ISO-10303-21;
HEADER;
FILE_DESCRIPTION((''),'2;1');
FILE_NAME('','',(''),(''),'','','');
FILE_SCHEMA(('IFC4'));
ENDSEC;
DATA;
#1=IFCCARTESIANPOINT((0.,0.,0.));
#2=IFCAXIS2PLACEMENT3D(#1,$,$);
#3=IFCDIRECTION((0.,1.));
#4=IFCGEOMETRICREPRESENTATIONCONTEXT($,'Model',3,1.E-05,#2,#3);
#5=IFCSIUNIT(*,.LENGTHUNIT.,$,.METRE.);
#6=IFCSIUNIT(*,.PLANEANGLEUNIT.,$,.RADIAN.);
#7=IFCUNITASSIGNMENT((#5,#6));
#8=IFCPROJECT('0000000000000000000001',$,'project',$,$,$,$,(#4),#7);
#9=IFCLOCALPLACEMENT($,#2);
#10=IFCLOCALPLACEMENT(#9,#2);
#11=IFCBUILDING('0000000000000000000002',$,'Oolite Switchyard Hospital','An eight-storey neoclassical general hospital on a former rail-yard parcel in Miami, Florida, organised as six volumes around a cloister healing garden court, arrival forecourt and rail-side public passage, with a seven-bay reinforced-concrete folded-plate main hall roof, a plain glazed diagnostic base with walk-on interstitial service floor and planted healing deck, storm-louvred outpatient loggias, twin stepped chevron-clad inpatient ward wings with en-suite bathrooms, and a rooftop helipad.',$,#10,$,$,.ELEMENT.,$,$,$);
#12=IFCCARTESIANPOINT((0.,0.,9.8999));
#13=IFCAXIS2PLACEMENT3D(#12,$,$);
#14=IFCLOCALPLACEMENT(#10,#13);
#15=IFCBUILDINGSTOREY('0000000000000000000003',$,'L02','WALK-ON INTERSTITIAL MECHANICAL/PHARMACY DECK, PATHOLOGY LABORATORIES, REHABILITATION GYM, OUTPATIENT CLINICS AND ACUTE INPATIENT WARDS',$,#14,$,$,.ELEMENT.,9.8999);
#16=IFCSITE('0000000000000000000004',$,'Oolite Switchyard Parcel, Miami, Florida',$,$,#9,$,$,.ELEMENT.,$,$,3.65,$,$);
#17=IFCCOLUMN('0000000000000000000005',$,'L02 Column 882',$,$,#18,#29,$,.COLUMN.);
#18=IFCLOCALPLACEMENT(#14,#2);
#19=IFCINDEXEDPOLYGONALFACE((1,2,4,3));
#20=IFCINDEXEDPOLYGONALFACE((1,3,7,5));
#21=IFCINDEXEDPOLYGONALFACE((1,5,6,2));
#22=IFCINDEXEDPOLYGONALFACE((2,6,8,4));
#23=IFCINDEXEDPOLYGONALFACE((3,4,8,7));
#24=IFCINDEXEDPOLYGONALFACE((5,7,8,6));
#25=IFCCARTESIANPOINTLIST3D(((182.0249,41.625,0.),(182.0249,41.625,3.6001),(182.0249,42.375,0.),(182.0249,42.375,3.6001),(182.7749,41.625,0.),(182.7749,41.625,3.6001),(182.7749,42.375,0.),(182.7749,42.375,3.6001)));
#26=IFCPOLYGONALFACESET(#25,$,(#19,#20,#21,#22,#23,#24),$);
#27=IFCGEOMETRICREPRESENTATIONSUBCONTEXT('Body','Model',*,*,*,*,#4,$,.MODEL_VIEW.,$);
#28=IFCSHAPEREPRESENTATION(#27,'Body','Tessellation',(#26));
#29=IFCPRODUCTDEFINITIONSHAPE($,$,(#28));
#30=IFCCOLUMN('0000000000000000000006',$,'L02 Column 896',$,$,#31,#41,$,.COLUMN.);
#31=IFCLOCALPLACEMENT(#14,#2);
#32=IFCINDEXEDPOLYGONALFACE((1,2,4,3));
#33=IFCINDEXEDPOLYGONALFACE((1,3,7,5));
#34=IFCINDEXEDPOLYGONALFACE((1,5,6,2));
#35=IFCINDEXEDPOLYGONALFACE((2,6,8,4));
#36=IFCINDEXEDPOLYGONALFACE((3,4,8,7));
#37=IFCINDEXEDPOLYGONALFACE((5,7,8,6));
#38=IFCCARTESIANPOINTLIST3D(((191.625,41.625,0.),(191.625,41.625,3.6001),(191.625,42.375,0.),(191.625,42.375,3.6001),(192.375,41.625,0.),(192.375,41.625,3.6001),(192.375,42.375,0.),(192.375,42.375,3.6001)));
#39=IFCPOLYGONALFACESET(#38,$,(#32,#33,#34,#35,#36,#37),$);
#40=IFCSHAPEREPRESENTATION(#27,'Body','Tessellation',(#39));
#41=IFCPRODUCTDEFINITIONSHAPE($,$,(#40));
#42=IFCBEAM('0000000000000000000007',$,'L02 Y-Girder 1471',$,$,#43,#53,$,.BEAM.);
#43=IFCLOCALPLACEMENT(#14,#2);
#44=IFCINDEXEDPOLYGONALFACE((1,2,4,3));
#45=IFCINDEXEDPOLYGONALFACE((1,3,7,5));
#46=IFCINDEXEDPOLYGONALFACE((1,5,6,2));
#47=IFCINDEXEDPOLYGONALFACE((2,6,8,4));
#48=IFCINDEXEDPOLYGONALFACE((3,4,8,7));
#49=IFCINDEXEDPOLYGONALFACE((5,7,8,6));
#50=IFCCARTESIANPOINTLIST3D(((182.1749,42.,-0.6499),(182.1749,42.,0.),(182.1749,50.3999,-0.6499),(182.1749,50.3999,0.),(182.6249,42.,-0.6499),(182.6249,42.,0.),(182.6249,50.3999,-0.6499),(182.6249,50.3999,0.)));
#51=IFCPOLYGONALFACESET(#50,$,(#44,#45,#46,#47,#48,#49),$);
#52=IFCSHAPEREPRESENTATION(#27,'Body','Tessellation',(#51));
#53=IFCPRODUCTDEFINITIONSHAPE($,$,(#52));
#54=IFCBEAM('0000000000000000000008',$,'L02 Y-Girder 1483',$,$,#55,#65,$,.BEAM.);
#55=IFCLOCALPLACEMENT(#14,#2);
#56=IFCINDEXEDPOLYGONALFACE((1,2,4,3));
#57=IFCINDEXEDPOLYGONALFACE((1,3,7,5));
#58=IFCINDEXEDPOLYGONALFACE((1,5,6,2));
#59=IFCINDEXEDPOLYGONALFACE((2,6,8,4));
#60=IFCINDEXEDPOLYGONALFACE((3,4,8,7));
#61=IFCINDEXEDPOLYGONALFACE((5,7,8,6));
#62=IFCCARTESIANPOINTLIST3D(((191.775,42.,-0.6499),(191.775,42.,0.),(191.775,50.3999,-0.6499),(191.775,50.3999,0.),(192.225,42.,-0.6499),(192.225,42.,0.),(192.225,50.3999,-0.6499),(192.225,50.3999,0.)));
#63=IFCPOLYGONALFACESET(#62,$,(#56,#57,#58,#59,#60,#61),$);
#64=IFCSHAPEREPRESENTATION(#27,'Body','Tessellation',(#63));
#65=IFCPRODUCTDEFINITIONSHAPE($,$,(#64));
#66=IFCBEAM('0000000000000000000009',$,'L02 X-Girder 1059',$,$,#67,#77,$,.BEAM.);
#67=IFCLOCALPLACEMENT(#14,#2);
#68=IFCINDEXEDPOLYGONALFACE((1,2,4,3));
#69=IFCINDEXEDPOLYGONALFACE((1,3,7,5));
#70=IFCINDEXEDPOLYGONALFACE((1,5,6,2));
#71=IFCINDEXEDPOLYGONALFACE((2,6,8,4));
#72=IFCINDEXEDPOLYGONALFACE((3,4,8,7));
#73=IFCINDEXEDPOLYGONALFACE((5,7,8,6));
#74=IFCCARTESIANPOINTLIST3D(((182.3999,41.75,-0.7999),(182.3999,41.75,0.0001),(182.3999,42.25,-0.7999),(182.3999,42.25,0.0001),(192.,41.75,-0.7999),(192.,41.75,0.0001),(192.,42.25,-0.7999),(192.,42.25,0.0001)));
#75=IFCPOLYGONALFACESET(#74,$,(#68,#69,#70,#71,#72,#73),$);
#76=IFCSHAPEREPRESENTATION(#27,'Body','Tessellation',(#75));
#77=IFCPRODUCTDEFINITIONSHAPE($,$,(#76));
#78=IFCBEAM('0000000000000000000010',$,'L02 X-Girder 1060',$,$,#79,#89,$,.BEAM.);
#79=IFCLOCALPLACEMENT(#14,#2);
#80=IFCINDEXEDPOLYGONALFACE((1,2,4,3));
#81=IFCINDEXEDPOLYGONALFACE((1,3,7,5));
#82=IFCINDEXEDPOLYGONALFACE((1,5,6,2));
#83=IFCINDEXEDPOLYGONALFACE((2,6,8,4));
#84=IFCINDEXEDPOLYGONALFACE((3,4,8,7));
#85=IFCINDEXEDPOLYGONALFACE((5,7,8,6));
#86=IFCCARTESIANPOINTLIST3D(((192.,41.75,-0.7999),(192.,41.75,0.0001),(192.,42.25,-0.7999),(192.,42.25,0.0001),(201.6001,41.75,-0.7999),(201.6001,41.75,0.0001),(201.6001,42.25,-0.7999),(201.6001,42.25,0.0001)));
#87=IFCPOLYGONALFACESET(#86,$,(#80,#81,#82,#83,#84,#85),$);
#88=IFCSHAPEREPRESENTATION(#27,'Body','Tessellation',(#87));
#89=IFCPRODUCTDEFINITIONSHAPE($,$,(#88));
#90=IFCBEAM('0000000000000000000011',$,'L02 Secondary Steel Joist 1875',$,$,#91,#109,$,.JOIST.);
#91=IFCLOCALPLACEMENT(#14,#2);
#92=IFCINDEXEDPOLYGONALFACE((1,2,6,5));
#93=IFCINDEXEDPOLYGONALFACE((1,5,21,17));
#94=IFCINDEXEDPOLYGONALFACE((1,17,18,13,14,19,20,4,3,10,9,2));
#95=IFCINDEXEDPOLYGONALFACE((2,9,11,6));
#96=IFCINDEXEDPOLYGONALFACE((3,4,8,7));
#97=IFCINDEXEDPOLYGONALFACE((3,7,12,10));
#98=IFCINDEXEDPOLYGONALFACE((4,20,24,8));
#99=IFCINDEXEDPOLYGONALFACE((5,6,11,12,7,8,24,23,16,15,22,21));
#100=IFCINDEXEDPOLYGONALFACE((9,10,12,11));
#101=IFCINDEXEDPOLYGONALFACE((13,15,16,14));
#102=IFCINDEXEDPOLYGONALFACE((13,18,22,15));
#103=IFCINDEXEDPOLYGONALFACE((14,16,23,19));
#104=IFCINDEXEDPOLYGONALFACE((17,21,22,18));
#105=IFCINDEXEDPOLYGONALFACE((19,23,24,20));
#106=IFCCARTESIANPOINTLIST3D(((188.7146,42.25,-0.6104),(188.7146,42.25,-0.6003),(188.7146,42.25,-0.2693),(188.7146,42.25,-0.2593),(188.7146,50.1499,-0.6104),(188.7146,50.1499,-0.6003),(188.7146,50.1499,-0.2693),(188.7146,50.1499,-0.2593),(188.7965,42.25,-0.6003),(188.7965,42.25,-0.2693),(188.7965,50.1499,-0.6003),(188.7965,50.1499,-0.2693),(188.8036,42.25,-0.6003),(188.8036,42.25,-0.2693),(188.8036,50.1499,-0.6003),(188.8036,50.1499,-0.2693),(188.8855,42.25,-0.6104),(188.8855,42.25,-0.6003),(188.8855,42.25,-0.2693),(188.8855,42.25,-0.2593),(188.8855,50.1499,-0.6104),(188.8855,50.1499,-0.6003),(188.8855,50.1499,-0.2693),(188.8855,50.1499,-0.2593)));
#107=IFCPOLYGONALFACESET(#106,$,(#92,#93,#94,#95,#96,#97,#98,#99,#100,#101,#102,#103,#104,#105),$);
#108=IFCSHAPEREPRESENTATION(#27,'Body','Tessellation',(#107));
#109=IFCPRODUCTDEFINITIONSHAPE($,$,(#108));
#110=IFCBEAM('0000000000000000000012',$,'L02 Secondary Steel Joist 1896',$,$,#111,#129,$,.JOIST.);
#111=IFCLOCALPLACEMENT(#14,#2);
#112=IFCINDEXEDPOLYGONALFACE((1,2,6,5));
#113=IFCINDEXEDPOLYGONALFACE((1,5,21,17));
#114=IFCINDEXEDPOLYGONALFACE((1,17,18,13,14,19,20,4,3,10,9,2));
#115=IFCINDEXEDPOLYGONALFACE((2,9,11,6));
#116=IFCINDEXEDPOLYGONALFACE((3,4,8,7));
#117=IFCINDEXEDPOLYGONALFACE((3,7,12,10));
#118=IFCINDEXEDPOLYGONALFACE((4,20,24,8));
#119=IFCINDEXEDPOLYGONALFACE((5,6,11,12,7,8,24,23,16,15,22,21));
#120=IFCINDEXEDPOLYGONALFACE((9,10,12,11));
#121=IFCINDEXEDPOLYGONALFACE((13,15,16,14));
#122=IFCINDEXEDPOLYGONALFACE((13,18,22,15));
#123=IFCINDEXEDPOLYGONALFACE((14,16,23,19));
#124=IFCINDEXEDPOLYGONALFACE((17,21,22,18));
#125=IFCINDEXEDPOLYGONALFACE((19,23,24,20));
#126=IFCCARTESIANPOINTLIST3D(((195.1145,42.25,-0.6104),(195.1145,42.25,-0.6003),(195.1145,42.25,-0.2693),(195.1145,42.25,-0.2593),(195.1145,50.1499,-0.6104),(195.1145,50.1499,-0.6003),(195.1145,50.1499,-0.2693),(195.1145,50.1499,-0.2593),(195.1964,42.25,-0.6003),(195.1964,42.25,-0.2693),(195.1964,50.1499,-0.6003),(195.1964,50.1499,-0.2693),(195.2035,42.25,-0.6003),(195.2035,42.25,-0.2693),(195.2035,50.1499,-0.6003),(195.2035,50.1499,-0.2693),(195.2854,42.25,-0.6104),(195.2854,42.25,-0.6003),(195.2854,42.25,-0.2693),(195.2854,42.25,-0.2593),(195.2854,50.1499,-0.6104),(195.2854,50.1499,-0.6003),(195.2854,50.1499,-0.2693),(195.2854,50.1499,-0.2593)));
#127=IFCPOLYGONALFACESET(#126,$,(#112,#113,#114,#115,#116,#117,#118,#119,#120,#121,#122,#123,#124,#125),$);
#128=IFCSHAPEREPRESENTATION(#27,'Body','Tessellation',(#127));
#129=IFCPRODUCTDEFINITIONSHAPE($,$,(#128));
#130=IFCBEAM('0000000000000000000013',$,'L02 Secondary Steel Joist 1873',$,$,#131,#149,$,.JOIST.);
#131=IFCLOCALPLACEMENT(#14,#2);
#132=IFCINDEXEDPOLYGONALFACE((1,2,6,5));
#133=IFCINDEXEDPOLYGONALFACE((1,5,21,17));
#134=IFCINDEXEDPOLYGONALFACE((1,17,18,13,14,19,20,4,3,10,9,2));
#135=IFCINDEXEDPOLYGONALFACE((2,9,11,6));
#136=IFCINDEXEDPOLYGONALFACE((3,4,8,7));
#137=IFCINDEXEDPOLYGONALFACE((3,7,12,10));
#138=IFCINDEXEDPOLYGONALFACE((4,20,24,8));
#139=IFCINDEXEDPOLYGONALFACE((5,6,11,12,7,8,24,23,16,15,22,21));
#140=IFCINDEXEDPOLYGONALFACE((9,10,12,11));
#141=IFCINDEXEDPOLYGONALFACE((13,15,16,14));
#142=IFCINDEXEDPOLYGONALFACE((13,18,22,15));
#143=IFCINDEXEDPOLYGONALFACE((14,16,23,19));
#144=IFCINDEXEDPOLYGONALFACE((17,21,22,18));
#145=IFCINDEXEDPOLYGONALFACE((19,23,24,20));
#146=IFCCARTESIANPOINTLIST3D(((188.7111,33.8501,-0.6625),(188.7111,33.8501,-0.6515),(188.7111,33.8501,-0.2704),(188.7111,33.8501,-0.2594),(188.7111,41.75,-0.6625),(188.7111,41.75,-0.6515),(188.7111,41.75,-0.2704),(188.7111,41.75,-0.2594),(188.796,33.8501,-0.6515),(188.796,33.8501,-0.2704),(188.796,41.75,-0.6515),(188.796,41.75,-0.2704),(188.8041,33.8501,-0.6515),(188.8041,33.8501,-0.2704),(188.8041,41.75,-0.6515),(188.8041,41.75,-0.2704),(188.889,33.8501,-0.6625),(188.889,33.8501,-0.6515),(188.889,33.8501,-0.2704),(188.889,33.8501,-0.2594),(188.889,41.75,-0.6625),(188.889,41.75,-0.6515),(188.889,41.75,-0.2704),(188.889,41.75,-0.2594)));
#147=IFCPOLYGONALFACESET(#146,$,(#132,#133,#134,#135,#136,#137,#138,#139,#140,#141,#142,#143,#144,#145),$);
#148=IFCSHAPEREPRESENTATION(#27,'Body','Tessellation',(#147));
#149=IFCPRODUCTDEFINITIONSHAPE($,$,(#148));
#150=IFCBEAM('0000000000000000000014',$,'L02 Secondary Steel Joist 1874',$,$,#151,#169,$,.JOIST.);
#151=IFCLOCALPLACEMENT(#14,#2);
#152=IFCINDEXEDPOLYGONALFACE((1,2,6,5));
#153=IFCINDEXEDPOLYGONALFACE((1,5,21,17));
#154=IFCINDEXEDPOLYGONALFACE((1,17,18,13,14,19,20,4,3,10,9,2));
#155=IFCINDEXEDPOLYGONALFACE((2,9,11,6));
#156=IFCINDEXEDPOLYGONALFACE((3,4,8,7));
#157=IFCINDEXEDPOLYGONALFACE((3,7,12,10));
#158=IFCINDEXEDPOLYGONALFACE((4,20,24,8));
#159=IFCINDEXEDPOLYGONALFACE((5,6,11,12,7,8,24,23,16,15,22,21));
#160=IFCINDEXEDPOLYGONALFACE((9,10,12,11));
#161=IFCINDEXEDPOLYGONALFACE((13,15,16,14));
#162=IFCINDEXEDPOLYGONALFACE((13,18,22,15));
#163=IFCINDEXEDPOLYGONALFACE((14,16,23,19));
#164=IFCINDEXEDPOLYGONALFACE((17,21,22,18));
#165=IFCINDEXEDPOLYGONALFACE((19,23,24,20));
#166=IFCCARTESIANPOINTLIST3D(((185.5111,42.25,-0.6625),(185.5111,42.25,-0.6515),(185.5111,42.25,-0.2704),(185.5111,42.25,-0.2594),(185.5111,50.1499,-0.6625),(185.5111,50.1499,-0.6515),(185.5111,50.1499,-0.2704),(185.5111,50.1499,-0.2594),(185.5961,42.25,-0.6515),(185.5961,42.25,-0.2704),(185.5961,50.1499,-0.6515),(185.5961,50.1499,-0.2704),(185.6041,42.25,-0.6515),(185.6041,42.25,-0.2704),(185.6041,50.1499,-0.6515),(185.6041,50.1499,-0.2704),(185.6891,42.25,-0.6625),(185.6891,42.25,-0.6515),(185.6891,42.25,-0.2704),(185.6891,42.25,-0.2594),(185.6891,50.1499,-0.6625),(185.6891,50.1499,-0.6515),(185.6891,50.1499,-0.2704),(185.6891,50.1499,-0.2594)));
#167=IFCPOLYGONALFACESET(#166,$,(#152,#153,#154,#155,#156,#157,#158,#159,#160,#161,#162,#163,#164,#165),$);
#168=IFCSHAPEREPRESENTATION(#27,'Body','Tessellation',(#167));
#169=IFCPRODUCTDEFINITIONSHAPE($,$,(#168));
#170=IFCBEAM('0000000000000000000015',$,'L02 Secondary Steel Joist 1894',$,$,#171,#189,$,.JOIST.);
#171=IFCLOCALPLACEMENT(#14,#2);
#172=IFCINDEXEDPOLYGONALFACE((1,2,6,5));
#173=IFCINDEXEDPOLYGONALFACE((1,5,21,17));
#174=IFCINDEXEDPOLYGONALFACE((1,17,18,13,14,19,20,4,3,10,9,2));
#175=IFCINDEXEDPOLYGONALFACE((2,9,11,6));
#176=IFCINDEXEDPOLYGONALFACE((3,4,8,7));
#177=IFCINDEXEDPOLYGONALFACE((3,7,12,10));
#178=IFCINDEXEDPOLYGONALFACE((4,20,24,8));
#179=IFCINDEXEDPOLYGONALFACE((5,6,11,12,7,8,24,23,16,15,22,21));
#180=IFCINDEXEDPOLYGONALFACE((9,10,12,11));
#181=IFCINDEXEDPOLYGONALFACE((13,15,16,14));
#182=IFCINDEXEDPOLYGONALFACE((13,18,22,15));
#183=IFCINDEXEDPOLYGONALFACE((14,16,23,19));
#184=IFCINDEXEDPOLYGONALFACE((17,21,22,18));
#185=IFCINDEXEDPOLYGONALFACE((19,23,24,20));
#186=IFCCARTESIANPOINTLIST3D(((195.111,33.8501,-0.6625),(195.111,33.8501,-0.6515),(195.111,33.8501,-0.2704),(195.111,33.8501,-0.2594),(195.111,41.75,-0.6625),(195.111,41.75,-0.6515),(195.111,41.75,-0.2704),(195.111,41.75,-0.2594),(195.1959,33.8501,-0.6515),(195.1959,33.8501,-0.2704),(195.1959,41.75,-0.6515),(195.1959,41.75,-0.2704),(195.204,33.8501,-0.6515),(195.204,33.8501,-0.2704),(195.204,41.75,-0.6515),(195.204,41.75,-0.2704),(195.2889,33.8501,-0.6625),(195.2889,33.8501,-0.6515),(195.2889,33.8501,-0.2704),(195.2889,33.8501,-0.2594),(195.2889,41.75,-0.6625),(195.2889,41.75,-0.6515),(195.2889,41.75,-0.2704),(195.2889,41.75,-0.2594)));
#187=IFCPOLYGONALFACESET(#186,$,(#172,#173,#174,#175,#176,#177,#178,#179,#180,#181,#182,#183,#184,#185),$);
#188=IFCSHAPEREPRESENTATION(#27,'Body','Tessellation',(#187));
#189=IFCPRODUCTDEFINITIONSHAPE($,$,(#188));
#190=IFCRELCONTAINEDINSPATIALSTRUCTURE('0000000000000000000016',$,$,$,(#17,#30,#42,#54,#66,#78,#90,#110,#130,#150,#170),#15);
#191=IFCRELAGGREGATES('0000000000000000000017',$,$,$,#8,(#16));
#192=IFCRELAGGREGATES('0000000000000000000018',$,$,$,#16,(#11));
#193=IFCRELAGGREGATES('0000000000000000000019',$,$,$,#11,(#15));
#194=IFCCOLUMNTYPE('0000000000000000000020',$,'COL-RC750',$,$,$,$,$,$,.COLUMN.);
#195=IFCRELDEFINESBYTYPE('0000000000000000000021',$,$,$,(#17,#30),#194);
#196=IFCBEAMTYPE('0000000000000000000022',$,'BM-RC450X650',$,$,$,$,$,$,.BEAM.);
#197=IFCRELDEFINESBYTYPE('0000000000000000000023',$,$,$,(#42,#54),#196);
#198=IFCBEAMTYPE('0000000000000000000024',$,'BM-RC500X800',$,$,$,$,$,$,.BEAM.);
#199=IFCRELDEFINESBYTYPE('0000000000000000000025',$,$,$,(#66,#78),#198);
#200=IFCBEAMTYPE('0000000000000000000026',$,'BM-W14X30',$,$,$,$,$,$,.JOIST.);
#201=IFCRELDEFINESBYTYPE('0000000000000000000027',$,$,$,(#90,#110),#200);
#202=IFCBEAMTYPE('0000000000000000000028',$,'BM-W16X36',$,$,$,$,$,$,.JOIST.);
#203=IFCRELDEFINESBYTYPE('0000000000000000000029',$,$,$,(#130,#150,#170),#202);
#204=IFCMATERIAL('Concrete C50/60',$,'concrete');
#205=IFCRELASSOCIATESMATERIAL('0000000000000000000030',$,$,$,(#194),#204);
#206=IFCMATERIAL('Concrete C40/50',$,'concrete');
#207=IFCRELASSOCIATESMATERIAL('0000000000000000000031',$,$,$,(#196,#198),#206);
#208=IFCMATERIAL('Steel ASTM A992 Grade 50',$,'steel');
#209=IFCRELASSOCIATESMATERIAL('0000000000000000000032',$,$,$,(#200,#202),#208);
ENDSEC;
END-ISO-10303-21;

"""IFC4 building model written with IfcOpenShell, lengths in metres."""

from ifc_helpers import new_model, si_unit, direction, frame, origin, origin_2d, place, context, subcontext, project, spatial, rectangle, i_section, extrude, material, material_profile, profile_set, type_object, element, save


model = new_model("IFC4")

# Units and contexts
model_context = context("Model", 3, precision=1e-05, world=origin(), true_north=direction((0.0, 1.0)))
body_context = subcontext(model_context, "Body", "Model", "MODEL_VIEW")
ifc_project = project(units=[si_unit("LENGTHUNIT", "METRE"), si_unit("PLANEANGLEUNIT", "RADIAN")], contexts=[model_context])

# Site, building, storey
site_placement = place(None, origin())
site = spatial("IfcSite", under=ifc_project, at=site_placement, Name="Oolite Switchyard Parcel, Miami, Florida", CompositionType="ELEMENT", RefElevation=3.65)
building_placement = place(site_placement, origin())
building = spatial("IfcBuilding", under=site, at=building_placement, Name="Oolite Switchyard Hospital", Description="An eight-storey neoclassical general hospital on a former rail-yard parcel in Miami, Florida, organised as six volumes around a cloister healing garden court, arrival forecourt and rail-side public passage, with a seven-bay reinforced-concrete folded-plate main hall roof, a plain glazed diagnostic base with walk-on interstitial service floor and planted healing deck, storm-louvred outpatient loggias, twin stepped chevron-clad inpatient ward wings with en-suite bathrooms, and a rooftop helipad.", CompositionType="ELEMENT")
storey_placement = place(building_placement, frame((0.0, 0.0, 9.8999)))
storey = spatial("IfcBuildingStorey", under=building, at=storey_placement, Name="L02", Description="WALK-ON INTERSTITIAL MECHANICAL/PHARMACY DECK, PATHOLOGY LABORATORIES, REHABILITATION GYM, OUTPATIENT CLINICS AND ACUTE INPATIENT WARDS", CompositionType="ELEMENT", Elevation=9.8999)

# Columns
ifc_material_1 = material(Name="Concrete C50/60", Category="concrete")
ifc_material_profile_1 = material_profile(ifc_material_1, rectangle(XDim=0.75, YDim=0.75, at=origin_2d()), Name="RC750X750")
ifc_profile_set_1 = profile_set([ifc_material_profile_1], Name="Concrete C50/60")
column_type = type_object("IfcColumnType", Name="COL-RC750", PredefinedType="COLUMN", material=ifc_profile_set_1)
for number, where, z_axis, x_axis, name in (
    (1, (182.3999, 42.0, 0.0), (0.0, 0.0, 1.0), (1.0, 0.0, 0.0), "L02 Column 882"),
    (2, (192.0, 42.0, 0.0), (0.0, 0.0, 1.0), (1.0, 0.0, 0.0), "L02 Column 896"),
):
    element("IfcColumn", number, at=place(storey_placement, frame(where, z_axis=z_axis, x_axis=x_axis)), inside=storey, type_object=column_type, Name=name, PredefinedType="COLUMN", context=body_context, shape_type="SweptSolid", body=[
        extrude(rectangle(XDim=0.75, YDim=0.75, at=origin_2d()), origin(), (0.0, 0.0, 1.0), 3.6001),
    ])

# Beams
ifc_material_2 = material(Name="Concrete C40/50", Category="concrete")
ifc_material_profile_2 = material_profile(ifc_material_2, rectangle(XDim=0.45, YDim=0.6499, at=origin_2d()), Name="RCB450X650")
ifc_profile_set_2 = profile_set([ifc_material_profile_2], Name="Concrete C40/50")
beam_type_1 = type_object("IfcBeamType", Name="BM-RC450X650", PredefinedType="BEAM", material=ifc_profile_set_2)
for number, where, z_axis, x_axis, name in (
    (3, (182.3999, 42.0, -0.325), (0.0, 1.0, 0.0), (-1.0, 0.0, 0.0), "L02 Y-Girder 1471"),
    (4, (192.0, 42.0, -0.325), (0.0, 1.0, 0.0), (-1.0, 0.0, 0.0), "L02 Y-Girder 1483"),
):
    element("IfcBeam", number, at=place(storey_placement, frame(where, z_axis=z_axis, x_axis=x_axis)), inside=storey, type_object=beam_type_1, Name=name, PredefinedType="BEAM", context=body_context, shape_type="SweptSolid", body=[
        extrude(rectangle(XDim=0.45, YDim=0.6499, at=origin_2d()), origin(), (0.0, 0.0, 1.0), 8.3999),
    ])
ifc_material_profile_3 = material_profile(ifc_material_2, rectangle(XDim=0.5, YDim=0.8, at=origin_2d()), Name="RCB500X800")
ifc_profile_set_3 = profile_set([ifc_material_profile_3], Name="Concrete C40/50")
beam_type_2 = type_object("IfcBeamType", Name="BM-RC500X800", PredefinedType="BEAM", material=ifc_profile_set_3)
for number, where, z_axis, x_axis, name in (
    (5, (182.3999, 42.0, -0.3999), (1.0, 0.0, 0.0), (0.0, 1.0, 0.0), "L02 X-Girder 1059"),
    (6, (192.0, 42.0, -0.3999), (1.0, 0.0, 0.0), (0.0, 1.0, 0.0), "L02 X-Girder 1060"),
):
    element("IfcBeam", number, at=place(storey_placement, frame(where, z_axis=z_axis, x_axis=x_axis)), inside=storey, type_object=beam_type_2, Name=name, PredefinedType="BEAM", context=body_context, shape_type="SweptSolid", body=[
        extrude(rectangle(XDim=0.5, YDim=0.8, at=origin_2d()), origin(), (0.0, 0.0, 1.0), 9.6001),
    ])
ifc_material_3 = material(Name="Steel ASTM A992 Grade 50", Category="steel")
ifc_material_profile_4 = material_profile(ifc_material_3, i_section(OverallWidth=0.1709, OverallDepth=0.3511, WebThickness=0.0071, FlangeThickness=0.01, at=origin_2d()), Name="W14X30")
ifc_profile_set_4 = profile_set([ifc_material_profile_4], Name="Steel ASTM A992 Grade 50")
beam_type_3 = type_object("IfcBeamType", Name="BM-W14X30", PredefinedType="JOIST", material=ifc_profile_set_4)
for number, where, z_axis, x_axis, name in (
    (7, (188.8, 42.25, -0.4348), (0.0, 1.0, 0.0), (-1.0, 0.0, 0.0), "L02 Secondary Steel Joist 1875"),
    (8, (195.2, 42.25, -0.4348), (0.0, 1.0, 0.0), (-1.0, 0.0, 0.0), "L02 Secondary Steel Joist 1896"),
):
    element("IfcBeam", number, at=place(storey_placement, frame(where, z_axis=z_axis, x_axis=x_axis)), inside=storey, type_object=beam_type_3, Name=name, PredefinedType="JOIST", context=body_context, shape_type="SweptSolid", body=[
        extrude(i_section(OverallWidth=0.1709, OverallDepth=0.3511, WebThickness=0.0071, FlangeThickness=0.01, at=origin_2d()), origin(), (0.0, 0.0, 1.0), 7.8999),
    ])
ifc_material_profile_5 = material_profile(ifc_material_3, i_section(OverallWidth=0.178, OverallDepth=0.4031, WebThickness=0.0081, FlangeThickness=0.011, at=origin_2d()), Name="W16X36")
ifc_profile_set_5 = profile_set([ifc_material_profile_5], Name="Steel ASTM A992 Grade 50")
beam_type_4 = type_object("IfcBeamType", Name="BM-W16X36", PredefinedType="JOIST", material=ifc_profile_set_5)
for number, where, z_axis, x_axis, name in (
    (9, (188.8, 33.8501, -0.4609), (0.0, 1.0, 0.0), (-1.0, 0.0, 0.0), "L02 Secondary Steel Joist 1873"),
    (10, (185.6001, 42.25, -0.4609), (0.0, 1.0, 0.0), (-1.0, 0.0, 0.0), "L02 Secondary Steel Joist 1874"),
    (11, (195.2, 33.8501, -0.4609), (0.0, 1.0, 0.0), (-1.0, 0.0, 0.0), "L02 Secondary Steel Joist 1894"),
):
    element("IfcBeam", number, at=place(storey_placement, frame(where, z_axis=z_axis, x_axis=x_axis)), inside=storey, type_object=beam_type_4, Name=name, PredefinedType="JOIST", context=body_context, shape_type="SweptSolid", body=[
        extrude(i_section(OverallWidth=0.178, OverallDepth=0.4031, WebThickness=0.0081, FlangeThickness=0.011, at=origin_2d()), origin(), (0.0, 0.0, 1.0), 7.8999),
    ])

save(model, "model.ifc")
